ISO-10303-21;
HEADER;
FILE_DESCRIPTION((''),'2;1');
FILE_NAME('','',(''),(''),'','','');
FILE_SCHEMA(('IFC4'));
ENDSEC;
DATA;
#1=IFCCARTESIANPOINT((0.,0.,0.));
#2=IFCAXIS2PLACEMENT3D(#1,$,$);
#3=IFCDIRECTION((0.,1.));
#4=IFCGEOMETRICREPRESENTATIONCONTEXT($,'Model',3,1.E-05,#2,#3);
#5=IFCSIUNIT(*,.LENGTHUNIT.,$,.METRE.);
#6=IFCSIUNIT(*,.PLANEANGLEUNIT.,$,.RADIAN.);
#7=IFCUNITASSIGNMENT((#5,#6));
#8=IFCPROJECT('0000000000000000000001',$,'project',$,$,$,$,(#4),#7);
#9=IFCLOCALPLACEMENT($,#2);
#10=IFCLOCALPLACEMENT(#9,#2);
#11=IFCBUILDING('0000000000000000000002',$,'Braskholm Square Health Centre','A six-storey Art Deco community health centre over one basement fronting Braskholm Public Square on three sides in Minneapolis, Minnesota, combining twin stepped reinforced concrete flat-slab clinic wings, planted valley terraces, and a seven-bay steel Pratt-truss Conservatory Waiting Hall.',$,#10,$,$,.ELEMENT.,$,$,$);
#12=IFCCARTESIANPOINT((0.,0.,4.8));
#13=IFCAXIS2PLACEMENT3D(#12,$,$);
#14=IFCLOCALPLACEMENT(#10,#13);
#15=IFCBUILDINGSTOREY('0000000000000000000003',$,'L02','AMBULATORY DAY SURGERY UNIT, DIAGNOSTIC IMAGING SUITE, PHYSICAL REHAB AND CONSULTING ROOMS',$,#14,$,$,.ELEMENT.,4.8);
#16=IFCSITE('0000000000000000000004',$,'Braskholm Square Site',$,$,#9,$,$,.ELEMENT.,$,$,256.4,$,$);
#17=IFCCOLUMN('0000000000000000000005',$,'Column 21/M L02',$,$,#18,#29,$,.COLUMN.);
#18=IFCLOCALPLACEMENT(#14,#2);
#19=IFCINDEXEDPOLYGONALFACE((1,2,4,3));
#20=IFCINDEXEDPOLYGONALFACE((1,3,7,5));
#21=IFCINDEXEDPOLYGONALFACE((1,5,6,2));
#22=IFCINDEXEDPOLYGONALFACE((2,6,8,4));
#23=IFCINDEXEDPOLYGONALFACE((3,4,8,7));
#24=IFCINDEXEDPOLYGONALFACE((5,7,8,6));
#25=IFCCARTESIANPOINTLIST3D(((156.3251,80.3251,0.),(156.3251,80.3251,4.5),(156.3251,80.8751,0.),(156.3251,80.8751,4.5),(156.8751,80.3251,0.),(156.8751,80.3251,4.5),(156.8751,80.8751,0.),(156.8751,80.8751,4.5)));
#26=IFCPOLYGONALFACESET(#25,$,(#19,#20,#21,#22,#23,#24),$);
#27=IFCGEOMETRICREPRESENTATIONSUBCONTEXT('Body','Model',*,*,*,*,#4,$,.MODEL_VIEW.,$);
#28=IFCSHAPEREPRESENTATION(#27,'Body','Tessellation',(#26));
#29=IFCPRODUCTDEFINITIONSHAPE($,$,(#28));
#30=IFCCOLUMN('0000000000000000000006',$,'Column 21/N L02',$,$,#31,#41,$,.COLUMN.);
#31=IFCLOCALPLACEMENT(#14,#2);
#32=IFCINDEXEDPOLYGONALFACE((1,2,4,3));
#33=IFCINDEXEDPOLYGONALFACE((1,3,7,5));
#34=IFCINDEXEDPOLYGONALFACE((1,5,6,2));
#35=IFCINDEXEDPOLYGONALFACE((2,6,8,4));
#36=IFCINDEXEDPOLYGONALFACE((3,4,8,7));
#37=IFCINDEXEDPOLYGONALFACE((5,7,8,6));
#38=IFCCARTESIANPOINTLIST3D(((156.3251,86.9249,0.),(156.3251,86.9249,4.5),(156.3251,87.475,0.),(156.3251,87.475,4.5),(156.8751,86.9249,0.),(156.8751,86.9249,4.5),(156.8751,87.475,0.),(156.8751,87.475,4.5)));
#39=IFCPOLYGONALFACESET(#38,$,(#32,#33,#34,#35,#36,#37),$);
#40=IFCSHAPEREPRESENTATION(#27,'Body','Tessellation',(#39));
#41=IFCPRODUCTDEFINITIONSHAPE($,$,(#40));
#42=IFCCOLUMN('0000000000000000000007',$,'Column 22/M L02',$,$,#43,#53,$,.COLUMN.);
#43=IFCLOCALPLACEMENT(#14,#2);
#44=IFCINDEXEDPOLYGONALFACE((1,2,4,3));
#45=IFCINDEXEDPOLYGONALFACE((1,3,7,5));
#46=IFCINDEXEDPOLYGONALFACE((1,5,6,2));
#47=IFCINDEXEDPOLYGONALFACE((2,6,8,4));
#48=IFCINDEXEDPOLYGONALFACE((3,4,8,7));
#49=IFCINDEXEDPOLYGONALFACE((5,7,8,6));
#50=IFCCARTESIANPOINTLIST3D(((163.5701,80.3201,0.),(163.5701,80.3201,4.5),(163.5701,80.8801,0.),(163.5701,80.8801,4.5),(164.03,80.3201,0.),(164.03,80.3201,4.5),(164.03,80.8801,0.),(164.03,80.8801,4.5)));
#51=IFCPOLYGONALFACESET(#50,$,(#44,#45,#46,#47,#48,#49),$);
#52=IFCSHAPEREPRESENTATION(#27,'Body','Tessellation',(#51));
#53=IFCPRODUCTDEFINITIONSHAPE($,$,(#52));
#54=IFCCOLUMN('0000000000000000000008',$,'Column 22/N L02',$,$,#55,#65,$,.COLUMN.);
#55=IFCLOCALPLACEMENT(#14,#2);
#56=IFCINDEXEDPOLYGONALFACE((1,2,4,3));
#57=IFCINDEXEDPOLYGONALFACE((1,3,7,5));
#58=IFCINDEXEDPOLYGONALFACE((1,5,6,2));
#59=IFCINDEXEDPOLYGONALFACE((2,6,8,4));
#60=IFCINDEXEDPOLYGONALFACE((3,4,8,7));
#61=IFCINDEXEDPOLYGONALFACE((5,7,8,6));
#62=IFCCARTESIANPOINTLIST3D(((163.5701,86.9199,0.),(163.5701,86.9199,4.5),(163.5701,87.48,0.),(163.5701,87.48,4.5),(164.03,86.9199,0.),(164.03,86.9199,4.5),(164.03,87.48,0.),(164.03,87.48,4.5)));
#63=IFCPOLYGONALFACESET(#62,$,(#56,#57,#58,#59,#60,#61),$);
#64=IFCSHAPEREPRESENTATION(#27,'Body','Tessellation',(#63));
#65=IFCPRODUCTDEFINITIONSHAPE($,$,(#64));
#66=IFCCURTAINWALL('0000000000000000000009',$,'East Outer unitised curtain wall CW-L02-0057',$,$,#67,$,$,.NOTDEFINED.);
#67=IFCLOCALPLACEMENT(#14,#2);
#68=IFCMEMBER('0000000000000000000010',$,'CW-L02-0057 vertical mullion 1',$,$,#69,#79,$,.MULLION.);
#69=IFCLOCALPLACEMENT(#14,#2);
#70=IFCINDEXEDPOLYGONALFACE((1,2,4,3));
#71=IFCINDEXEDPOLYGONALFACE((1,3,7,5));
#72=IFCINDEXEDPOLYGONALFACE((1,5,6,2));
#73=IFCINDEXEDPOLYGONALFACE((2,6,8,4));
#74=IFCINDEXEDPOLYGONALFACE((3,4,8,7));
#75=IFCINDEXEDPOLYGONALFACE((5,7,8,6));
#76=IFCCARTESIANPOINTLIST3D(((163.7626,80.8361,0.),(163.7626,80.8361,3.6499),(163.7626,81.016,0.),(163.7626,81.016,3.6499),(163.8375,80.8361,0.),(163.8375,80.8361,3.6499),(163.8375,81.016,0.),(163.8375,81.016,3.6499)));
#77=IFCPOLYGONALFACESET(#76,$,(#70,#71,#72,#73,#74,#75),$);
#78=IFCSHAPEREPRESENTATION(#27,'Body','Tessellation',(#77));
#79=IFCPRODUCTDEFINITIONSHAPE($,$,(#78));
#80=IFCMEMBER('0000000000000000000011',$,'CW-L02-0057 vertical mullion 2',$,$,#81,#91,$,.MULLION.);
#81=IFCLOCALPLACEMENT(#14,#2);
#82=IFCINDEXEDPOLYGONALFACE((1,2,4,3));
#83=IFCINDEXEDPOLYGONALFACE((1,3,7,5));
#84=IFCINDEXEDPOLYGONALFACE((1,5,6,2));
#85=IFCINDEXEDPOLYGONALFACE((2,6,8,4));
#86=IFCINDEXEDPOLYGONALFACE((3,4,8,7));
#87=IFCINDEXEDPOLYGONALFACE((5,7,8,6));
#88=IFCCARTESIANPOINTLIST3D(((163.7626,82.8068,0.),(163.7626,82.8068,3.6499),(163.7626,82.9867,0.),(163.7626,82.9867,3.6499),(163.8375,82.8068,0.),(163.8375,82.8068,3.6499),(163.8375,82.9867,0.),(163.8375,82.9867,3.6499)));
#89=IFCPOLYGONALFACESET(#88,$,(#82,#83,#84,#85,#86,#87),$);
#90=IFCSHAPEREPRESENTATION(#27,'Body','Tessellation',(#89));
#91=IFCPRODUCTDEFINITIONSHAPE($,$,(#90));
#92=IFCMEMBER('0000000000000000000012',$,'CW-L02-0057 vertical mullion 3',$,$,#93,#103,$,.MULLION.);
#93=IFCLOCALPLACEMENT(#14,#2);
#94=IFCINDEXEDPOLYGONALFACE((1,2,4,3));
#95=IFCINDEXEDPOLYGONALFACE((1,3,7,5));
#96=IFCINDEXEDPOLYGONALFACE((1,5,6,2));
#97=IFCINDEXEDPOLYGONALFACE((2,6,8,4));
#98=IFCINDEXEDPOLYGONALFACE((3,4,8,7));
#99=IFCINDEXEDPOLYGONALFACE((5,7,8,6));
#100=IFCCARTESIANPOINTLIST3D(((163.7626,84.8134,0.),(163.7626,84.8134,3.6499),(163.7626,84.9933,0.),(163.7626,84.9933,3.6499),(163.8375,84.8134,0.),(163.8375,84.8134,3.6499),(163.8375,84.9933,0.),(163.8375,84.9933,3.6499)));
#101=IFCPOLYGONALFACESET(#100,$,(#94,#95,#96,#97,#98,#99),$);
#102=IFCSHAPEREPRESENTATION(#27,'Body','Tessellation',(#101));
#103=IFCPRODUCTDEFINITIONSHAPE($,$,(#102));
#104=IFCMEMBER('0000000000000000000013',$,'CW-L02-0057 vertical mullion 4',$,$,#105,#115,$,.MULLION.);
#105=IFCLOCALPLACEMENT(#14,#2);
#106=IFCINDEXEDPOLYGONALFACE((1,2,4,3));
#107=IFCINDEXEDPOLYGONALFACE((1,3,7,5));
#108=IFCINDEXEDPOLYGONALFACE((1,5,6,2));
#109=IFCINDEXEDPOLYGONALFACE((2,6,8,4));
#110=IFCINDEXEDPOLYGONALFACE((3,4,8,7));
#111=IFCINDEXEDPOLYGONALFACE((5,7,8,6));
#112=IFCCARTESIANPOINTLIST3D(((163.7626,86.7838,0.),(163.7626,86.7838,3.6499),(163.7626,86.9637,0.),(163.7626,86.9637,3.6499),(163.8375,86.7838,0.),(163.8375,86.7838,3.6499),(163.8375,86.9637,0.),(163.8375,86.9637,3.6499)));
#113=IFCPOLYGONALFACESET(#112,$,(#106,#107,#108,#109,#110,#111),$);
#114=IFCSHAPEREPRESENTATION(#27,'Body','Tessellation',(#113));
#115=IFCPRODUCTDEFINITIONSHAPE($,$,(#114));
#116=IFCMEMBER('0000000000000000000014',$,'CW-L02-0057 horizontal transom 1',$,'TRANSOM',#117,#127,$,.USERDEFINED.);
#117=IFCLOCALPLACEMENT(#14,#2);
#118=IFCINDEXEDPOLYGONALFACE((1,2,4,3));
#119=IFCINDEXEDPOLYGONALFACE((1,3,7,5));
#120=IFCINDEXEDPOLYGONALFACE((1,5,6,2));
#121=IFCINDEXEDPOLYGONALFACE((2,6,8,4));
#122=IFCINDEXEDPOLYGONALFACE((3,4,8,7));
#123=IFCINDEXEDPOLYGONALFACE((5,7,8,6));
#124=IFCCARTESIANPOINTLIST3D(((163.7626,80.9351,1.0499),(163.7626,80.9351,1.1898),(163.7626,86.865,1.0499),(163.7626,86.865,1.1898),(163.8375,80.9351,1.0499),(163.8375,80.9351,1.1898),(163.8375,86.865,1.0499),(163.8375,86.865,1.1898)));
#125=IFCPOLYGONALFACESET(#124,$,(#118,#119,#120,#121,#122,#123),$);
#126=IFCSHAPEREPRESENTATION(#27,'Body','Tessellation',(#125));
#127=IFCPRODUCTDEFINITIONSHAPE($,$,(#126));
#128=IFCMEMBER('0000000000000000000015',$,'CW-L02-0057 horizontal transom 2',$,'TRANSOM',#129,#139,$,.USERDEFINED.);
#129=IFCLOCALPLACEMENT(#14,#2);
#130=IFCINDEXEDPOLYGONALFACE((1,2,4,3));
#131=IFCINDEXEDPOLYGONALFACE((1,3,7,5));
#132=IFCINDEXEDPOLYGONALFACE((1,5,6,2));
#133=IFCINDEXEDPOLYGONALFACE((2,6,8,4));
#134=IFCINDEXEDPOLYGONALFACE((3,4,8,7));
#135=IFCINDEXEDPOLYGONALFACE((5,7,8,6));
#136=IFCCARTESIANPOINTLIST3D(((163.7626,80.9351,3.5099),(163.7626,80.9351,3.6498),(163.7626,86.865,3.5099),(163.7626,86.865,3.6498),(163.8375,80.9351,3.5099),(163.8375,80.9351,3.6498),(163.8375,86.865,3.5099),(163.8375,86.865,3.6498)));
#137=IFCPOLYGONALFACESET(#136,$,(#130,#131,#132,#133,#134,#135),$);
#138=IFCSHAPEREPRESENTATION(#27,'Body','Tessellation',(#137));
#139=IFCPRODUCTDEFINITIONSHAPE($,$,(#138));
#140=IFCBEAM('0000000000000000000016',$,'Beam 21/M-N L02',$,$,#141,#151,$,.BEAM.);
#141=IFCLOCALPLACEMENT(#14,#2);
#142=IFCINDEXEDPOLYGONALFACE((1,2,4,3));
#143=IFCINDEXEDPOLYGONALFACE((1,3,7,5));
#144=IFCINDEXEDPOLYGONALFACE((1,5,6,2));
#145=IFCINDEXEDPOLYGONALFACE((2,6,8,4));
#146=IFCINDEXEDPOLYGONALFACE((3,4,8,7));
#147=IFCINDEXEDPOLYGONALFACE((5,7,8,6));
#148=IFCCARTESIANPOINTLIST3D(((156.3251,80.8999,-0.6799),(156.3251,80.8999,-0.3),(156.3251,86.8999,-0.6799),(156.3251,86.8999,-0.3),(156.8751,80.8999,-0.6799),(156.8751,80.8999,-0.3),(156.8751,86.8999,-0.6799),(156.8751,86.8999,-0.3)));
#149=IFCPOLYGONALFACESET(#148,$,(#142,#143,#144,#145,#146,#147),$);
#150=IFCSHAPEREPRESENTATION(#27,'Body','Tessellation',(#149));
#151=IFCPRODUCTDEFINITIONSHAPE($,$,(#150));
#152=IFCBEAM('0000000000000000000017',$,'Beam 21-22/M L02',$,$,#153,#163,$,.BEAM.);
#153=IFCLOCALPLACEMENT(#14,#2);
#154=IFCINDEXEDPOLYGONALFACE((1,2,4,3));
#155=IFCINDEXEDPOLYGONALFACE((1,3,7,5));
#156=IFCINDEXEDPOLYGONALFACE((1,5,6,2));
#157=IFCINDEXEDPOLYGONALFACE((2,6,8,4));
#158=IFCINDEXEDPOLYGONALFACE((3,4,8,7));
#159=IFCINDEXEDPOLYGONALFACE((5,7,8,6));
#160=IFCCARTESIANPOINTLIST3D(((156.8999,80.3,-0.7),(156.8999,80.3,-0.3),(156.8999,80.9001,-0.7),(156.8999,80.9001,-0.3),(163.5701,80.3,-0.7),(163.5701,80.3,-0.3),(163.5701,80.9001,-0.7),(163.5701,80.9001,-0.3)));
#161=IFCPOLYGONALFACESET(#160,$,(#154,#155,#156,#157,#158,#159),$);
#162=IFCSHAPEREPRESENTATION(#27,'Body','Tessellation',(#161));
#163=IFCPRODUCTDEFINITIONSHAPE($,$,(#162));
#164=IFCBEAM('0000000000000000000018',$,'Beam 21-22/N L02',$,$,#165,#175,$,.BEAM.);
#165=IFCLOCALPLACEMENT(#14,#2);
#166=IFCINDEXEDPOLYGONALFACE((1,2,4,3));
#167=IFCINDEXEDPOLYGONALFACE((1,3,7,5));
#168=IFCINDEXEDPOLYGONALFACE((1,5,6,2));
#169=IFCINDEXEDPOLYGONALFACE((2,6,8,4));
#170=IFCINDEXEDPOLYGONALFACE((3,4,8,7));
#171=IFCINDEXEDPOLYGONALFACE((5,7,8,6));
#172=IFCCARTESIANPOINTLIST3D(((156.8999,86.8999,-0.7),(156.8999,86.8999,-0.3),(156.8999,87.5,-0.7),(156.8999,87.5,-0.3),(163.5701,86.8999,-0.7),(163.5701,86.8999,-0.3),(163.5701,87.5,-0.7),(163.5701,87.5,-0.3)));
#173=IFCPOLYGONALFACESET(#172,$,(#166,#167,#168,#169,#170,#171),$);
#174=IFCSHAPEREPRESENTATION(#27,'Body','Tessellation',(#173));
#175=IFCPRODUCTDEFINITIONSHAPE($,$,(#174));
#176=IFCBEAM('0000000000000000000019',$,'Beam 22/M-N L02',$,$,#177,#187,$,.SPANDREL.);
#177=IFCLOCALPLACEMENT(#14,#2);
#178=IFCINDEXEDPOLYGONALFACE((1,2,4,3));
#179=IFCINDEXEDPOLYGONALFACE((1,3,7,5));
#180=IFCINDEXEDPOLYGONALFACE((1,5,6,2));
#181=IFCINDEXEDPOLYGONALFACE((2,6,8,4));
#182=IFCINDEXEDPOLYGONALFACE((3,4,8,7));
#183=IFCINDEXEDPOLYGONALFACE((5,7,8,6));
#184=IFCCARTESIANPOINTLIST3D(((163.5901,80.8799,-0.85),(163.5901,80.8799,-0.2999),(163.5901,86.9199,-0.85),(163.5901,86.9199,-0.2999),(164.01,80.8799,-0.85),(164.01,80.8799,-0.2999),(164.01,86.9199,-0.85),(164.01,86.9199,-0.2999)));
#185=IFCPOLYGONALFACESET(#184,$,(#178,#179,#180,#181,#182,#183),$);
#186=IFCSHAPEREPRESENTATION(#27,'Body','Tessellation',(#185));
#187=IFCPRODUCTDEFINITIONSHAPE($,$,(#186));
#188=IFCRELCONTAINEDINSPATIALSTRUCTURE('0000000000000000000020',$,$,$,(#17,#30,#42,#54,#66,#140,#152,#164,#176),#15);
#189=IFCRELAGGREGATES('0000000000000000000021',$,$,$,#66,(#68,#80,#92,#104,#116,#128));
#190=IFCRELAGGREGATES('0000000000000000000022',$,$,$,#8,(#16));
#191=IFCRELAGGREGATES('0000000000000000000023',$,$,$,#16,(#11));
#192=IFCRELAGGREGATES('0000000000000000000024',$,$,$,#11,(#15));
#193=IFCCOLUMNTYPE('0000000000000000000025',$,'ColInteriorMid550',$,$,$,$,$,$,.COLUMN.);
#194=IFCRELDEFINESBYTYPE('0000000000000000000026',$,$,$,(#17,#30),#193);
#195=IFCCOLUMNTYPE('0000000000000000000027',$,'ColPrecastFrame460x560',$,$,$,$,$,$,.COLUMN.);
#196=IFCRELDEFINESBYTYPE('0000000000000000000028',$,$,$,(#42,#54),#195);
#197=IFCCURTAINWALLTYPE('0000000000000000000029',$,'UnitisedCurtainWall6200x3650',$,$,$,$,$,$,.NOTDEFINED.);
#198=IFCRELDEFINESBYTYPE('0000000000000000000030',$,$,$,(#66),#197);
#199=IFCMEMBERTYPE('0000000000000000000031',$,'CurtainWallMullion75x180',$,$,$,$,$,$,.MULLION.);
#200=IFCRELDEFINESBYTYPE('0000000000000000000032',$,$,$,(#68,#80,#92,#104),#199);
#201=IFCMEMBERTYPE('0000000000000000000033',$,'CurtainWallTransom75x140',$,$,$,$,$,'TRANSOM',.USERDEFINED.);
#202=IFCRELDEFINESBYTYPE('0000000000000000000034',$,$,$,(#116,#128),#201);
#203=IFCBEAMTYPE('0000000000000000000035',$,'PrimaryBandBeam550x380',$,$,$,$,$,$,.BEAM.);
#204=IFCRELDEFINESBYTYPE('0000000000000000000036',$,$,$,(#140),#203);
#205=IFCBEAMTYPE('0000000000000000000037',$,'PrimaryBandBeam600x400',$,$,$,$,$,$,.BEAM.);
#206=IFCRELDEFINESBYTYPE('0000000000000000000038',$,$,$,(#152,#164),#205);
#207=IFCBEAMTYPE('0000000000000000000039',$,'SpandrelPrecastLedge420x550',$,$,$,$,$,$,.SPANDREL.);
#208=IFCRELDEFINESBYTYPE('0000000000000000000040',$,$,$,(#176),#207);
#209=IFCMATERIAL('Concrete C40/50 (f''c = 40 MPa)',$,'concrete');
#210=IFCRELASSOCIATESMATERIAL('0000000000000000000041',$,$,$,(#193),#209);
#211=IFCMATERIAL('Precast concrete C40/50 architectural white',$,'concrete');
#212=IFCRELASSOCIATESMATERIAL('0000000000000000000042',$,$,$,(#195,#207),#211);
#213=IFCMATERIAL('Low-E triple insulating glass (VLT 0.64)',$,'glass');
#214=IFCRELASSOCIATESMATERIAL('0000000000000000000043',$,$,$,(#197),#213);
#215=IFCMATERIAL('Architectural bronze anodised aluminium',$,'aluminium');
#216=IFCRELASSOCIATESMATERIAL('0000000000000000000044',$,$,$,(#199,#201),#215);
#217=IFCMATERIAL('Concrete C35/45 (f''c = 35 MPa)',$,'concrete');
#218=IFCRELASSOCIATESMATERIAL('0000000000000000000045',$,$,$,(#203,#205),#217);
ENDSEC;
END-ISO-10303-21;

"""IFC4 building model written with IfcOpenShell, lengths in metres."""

from ifc_helpers import new_model, si_unit, direction, frame, origin, origin_2d, place, context, subcontext, project, spatial, rectangle, extrude, material, material_profile, profile_set, type_object, element, aggregate, save


model = new_model("IFC4")

# Units and contexts
model_context = context("Model", 3, precision=1e-05, world=origin(), true_north=direction((0.0, 1.0)))
body_context = subcontext(model_context, "Body", "Model", "MODEL_VIEW")
ifc_project = project(units=[si_unit("LENGTHUNIT", "METRE"), si_unit("PLANEANGLEUNIT", "RADIAN")], contexts=[model_context])

# Site, building, storey
site_placement = place(None, origin())
site = spatial("IfcSite", under=ifc_project, at=site_placement, Name="Braskholm Square Site", CompositionType="ELEMENT", RefElevation=256.4)
building_placement = place(site_placement, origin())
building = spatial("IfcBuilding", under=site, at=building_placement, Name="Braskholm Square Health Centre", Description="A six-storey Art Deco community health centre over one basement fronting Braskholm Public Square on three sides in Minneapolis, Minnesota, combining twin stepped reinforced concrete flat-slab clinic wings, planted valley terraces, and a seven-bay steel Pratt-truss Conservatory Waiting Hall.", CompositionType="ELEMENT")
storey_placement = place(building_placement, frame((0.0, 0.0, 4.8)))
storey = spatial("IfcBuildingStorey", under=building, at=storey_placement, Name="L02", Description="AMBULATORY DAY SURGERY UNIT, DIAGNOSTIC IMAGING SUITE, PHYSICAL REHAB AND CONSULTING ROOMS", CompositionType="ELEMENT", Elevation=4.8)

# Columns
ifc_material_1 = material(Name="Concrete C40/50 (f'c = 40 MPa)", Category="concrete")
ifc_material_profile_1 = material_profile(ifc_material_1, rectangle(XDim=0.55, YDim=0.55, at=origin_2d()), Name="RC-550X550")
ifc_profile_set_1 = profile_set([ifc_material_profile_1], Name="Concrete C40/50 (f'c = 40 MPa)")
column_type_1 = type_object("IfcColumnType", Name="ColInteriorMid550", PredefinedType="COLUMN", material=ifc_profile_set_1)
for number, where, z_axis, x_axis, name in (
    (1, (156.6001, 80.6001, 0.0), (0.0, 0.0, 1.0), (1.0, 0.0, 0.0), "Column 21/M L02"),
    (2, (156.6001, 87.2, 0.0), (0.0, 0.0, 1.0), (1.0, 0.0, 0.0), "Column 21/N L02"),
):
    element("IfcColumn", number, at=place(storey_placement, frame(where, z_axis=z_axis, x_axis=x_axis)), inside=storey, type_object=column_type_1, Name=name, PredefinedType="COLUMN", context=body_context, shape_type="SweptSolid", body=[
        extrude(rectangle(XDim=0.55, YDim=0.55, at=origin_2d()), origin(), (0.0, 0.0, 1.0), 4.5),
    ])
ifc_material_2 = material(Name="Precast concrete C40/50 architectural white", Category="concrete")
ifc_material_profile_2 = material_profile(ifc_material_2, rectangle(XDim=0.46, YDim=0.5601, at=origin_2d()), Name="RC-460X560")
ifc_profile_set_2 = profile_set([ifc_material_profile_2], Name="Precast concrete C40/50 architectural white")
column_type_2 = type_object("IfcColumnType", Name="ColPrecastFrame460x560", PredefinedType="COLUMN", material=ifc_profile_set_2)
for number, where, z_axis, x_axis, name in (
    (3, (163.8, 80.6001, 0.0), (0.0, 0.0, 1.0), (1.0, 0.0, 0.0), "Column 22/M L02"),
    (4, (163.8, 87.2, 0.0), (0.0, 0.0, 1.0), (1.0, 0.0, 0.0), "Column 22/N L02"),
):
    element("IfcColumn", number, at=place(storey_placement, frame(where, z_axis=z_axis, x_axis=x_axis)), inside=storey, type_object=column_type_2, Name=name, PredefinedType="COLUMN", context=body_context, shape_type="SweptSolid", body=[
        extrude(rectangle(XDim=0.46, YDim=0.5601, at=origin_2d()), origin(), (0.0, 0.0, 1.0), 4.5),
    ])

# Curtain wall, members
ifc_material_3 = material(Name="Low-E triple insulating glass (VLT 0.64)", Category="glass")
curtain_wall_type = type_object("IfcCurtainWallType", Name="UnitisedCurtainWall6200x3650", PredefinedType="NOTDEFINED", material=ifc_material_3)
curtain_wall_placement = place(storey_placement, origin())
curtain_wall = element("IfcCurtainWall", 5, at=curtain_wall_placement, inside=storey, type_object=curtain_wall_type, Name="East Outer unitised curtain wall CW-L02-0057", PredefinedType="NOTDEFINED")
ifc_material_4 = material(Name="Architectural bronze anodised aluminium", Category="aluminium")
ifc_material_profile_3 = material_profile(ifc_material_4, rectangle(XDim=0.075, YDim=0.1799, at=origin_2d()), Name="ALU-75X180")
ifc_profile_set_3 = profile_set([ifc_material_profile_3], Name="Architectural bronze anodised aluminium")
member_type_1 = type_object("IfcMemberType", Name="CurtainWallMullion75x180", PredefinedType="MULLION", material=ifc_profile_set_3)
member_1_placement = place(storey_placement, frame((163.8, 80.926, 0.0), z_axis=(0.0, 0.0, 1.0), x_axis=(1.0, 0.0, 0.0)))
member_1 = element("IfcMember", 6, at=member_1_placement, type_object=member_type_1, Name="CW-L02-0057 vertical mullion 1", PredefinedType="MULLION", context=body_context, shape_type="SweptSolid", body=[
    extrude(rectangle(XDim=0.075, YDim=0.1799, at=origin_2d()), origin(), (0.0, 0.0, 1.0), 3.6499),
])
member_2_placement = place(storey_placement, frame((163.8, 82.8967, 0.0), z_axis=(0.0, 0.0, 1.0), x_axis=(1.0, 0.0, 0.0)))
member_2 = element("IfcMember", 7, at=member_2_placement, type_object=member_type_1, Name="CW-L02-0057 vertical mullion 2", PredefinedType="MULLION", context=body_context, shape_type="SweptSolid", body=[
    extrude(rectangle(XDim=0.075, YDim=0.1799, at=origin_2d()), origin(), (0.0, 0.0, 1.0), 3.6499),
])
member_3_placement = place(storey_placement, frame((163.8, 84.9033, 0.0), z_axis=(0.0, 0.0, 1.0), x_axis=(1.0, 0.0, 0.0)))
member_3 = element("IfcMember", 8, at=member_3_placement, type_object=member_type_1, Name="CW-L02-0057 vertical mullion 3", PredefinedType="MULLION", context=body_context, shape_type="SweptSolid", body=[
    extrude(rectangle(XDim=0.075, YDim=0.1799, at=origin_2d()), origin(), (0.0, 0.0, 1.0), 3.6499),
])
member_4_placement = place(storey_placement, frame((163.8, 86.8738, 0.0), z_axis=(0.0, 0.0, 1.0), x_axis=(1.0, 0.0, 0.0)))
member_4 = element("IfcMember", 9, at=member_4_placement, type_object=member_type_1, Name="CW-L02-0057 vertical mullion 4", PredefinedType="MULLION", context=body_context, shape_type="SweptSolid", body=[
    extrude(rectangle(XDim=0.075, YDim=0.1799, at=origin_2d()), origin(), (0.0, 0.0, 1.0), 3.6499),
])
ifc_material_profile_4 = material_profile(ifc_material_4, rectangle(XDim=0.075, YDim=0.1399, at=origin_2d()), Name="ALU-75X140")
ifc_profile_set_4 = profile_set([ifc_material_profile_4], Name="Architectural bronze anodised aluminium")
member_type_2 = type_object("IfcMemberType", Name="CurtainWallTransom75x140", ElementType="TRANSOM", PredefinedType="USERDEFINED", material=ifc_profile_set_4)
member_5_placement = place(storey_placement, frame((163.8, 80.9351, 1.1199), z_axis=(0.0, 1.0, 0.0), x_axis=(-1.0, 0.0, 0.0)))
member_5 = element("IfcMember", 10, at=member_5_placement, type_object=member_type_2, Name="CW-L02-0057 horizontal transom 1", ObjectType="TRANSOM", PredefinedType="USERDEFINED", context=body_context, shape_type="SweptSolid", body=[
    extrude(rectangle(XDim=0.075, YDim=0.1399, at=origin_2d()), origin(), (0.0, 0.0, 1.0), 5.9299),
])
member_6_placement = place(storey_placement, frame((163.8, 80.9351, 3.5798), z_axis=(0.0, 1.0, 0.0), x_axis=(-1.0, 0.0, 0.0)))
member_6 = element("IfcMember", 11, at=member_6_placement, type_object=member_type_2, Name="CW-L02-0057 horizontal transom 2", ObjectType="TRANSOM", PredefinedType="USERDEFINED", context=body_context, shape_type="SweptSolid", body=[
    extrude(rectangle(XDim=0.075, YDim=0.1399, at=origin_2d()), origin(), (0.0, 0.0, 1.0), 5.9299),
])

# Beams
ifc_material_5 = material(Name="Concrete C35/45 (f'c = 35 MPa)", Category="concrete")
ifc_material_profile_5 = material_profile(ifc_material_5, rectangle(XDim=0.55, YDim=0.3799, at=origin_2d()), Name="RCB-550X380")
ifc_profile_set_5 = profile_set([ifc_material_profile_5], Name="Concrete C35/45 (f'c = 35 MPa)")
beam_type_1 = type_object("IfcBeamType", Name="PrimaryBandBeam550x380", PredefinedType="BEAM", material=ifc_profile_set_5)
beam_placement = place(storey_placement, frame((156.6001, 80.8999, -0.49), z_axis=(0.0, 1.0, 0.0), x_axis=(-1.0, 0.0, 0.0)))
element("IfcBeam", 12, at=beam_placement, inside=storey, type_object=beam_type_1, Name="Beam 21/M-N L02", PredefinedType="BEAM", context=body_context, shape_type="SweptSolid", body=[
    extrude(rectangle(XDim=0.55, YDim=0.3799, at=origin_2d()), origin(), (0.0, 0.0, 1.0), 6.0),
])
ifc_material_profile_6 = material_profile(ifc_material_5, rectangle(XDim=0.6001, YDim=0.3999, at=origin_2d()), Name="RCB-600X400")
ifc_profile_set_6 = profile_set([ifc_material_profile_6], Name="Concrete C35/45 (f'c = 35 MPa)")
beam_type_2 = type_object("IfcBeamType", Name="PrimaryBandBeam600x400", PredefinedType="BEAM", material=ifc_profile_set_6)
for number, where, z_axis, x_axis, name in (
    (13, (156.8999, 80.6001, -0.5), (1.0, 0.0, 0.0), (0.0, 1.0, 0.0), "Beam 21-22/M L02"),
    (14, (156.8999, 87.2, -0.5), (1.0, 0.0, 0.0), (0.0, 1.0, 0.0), "Beam 21-22/N L02"),
):
    element("IfcBeam", number, at=place(storey_placement, frame(where, z_axis=z_axis, x_axis=x_axis)), inside=storey, type_object=beam_type_2, Name=name, PredefinedType="BEAM", context=body_context, shape_type="SweptSolid", body=[
        extrude(rectangle(XDim=0.6001, YDim=0.3999, at=origin_2d()), origin(), (0.0, 0.0, 1.0), 6.6702),
    ])
ifc_material_profile_7 = material_profile(ifc_material_2, rectangle(XDim=0.4199, YDim=0.55, at=origin_2d()), Name="RCB-420X550")
ifc_profile_set_7 = profile_set([ifc_material_profile_7], Name="Precast concrete C40/50 architectural white")
beam_type_3 = type_object("IfcBeamType", Name="SpandrelPrecastLedge420x550", PredefinedType="SPANDREL", material=ifc_profile_set_7)
for number, where, z_axis, x_axis, name in (
    (15, (163.8, 80.8799, -0.575), (0.0, 1.0, 0.0), (-1.0, 0.0, 0.0), "Beam 22/M-N L02"),
):
    element("IfcBeam", number, at=place(storey_placement, frame(where, z_axis=z_axis, x_axis=x_axis)), inside=storey, type_object=beam_type_3, Name=name, PredefinedType="SPANDREL", context=body_context, shape_type="SweptSolid", body=[
        extrude(rectangle(XDim=0.4199, YDim=0.55, at=origin_2d()), origin(), (0.0, 0.0, 1.0), 6.04),
    ])

aggregate(curtain_wall, [member_1, member_2, member_3, member_4, member_5, member_6])

save(model, "model.ifc")
